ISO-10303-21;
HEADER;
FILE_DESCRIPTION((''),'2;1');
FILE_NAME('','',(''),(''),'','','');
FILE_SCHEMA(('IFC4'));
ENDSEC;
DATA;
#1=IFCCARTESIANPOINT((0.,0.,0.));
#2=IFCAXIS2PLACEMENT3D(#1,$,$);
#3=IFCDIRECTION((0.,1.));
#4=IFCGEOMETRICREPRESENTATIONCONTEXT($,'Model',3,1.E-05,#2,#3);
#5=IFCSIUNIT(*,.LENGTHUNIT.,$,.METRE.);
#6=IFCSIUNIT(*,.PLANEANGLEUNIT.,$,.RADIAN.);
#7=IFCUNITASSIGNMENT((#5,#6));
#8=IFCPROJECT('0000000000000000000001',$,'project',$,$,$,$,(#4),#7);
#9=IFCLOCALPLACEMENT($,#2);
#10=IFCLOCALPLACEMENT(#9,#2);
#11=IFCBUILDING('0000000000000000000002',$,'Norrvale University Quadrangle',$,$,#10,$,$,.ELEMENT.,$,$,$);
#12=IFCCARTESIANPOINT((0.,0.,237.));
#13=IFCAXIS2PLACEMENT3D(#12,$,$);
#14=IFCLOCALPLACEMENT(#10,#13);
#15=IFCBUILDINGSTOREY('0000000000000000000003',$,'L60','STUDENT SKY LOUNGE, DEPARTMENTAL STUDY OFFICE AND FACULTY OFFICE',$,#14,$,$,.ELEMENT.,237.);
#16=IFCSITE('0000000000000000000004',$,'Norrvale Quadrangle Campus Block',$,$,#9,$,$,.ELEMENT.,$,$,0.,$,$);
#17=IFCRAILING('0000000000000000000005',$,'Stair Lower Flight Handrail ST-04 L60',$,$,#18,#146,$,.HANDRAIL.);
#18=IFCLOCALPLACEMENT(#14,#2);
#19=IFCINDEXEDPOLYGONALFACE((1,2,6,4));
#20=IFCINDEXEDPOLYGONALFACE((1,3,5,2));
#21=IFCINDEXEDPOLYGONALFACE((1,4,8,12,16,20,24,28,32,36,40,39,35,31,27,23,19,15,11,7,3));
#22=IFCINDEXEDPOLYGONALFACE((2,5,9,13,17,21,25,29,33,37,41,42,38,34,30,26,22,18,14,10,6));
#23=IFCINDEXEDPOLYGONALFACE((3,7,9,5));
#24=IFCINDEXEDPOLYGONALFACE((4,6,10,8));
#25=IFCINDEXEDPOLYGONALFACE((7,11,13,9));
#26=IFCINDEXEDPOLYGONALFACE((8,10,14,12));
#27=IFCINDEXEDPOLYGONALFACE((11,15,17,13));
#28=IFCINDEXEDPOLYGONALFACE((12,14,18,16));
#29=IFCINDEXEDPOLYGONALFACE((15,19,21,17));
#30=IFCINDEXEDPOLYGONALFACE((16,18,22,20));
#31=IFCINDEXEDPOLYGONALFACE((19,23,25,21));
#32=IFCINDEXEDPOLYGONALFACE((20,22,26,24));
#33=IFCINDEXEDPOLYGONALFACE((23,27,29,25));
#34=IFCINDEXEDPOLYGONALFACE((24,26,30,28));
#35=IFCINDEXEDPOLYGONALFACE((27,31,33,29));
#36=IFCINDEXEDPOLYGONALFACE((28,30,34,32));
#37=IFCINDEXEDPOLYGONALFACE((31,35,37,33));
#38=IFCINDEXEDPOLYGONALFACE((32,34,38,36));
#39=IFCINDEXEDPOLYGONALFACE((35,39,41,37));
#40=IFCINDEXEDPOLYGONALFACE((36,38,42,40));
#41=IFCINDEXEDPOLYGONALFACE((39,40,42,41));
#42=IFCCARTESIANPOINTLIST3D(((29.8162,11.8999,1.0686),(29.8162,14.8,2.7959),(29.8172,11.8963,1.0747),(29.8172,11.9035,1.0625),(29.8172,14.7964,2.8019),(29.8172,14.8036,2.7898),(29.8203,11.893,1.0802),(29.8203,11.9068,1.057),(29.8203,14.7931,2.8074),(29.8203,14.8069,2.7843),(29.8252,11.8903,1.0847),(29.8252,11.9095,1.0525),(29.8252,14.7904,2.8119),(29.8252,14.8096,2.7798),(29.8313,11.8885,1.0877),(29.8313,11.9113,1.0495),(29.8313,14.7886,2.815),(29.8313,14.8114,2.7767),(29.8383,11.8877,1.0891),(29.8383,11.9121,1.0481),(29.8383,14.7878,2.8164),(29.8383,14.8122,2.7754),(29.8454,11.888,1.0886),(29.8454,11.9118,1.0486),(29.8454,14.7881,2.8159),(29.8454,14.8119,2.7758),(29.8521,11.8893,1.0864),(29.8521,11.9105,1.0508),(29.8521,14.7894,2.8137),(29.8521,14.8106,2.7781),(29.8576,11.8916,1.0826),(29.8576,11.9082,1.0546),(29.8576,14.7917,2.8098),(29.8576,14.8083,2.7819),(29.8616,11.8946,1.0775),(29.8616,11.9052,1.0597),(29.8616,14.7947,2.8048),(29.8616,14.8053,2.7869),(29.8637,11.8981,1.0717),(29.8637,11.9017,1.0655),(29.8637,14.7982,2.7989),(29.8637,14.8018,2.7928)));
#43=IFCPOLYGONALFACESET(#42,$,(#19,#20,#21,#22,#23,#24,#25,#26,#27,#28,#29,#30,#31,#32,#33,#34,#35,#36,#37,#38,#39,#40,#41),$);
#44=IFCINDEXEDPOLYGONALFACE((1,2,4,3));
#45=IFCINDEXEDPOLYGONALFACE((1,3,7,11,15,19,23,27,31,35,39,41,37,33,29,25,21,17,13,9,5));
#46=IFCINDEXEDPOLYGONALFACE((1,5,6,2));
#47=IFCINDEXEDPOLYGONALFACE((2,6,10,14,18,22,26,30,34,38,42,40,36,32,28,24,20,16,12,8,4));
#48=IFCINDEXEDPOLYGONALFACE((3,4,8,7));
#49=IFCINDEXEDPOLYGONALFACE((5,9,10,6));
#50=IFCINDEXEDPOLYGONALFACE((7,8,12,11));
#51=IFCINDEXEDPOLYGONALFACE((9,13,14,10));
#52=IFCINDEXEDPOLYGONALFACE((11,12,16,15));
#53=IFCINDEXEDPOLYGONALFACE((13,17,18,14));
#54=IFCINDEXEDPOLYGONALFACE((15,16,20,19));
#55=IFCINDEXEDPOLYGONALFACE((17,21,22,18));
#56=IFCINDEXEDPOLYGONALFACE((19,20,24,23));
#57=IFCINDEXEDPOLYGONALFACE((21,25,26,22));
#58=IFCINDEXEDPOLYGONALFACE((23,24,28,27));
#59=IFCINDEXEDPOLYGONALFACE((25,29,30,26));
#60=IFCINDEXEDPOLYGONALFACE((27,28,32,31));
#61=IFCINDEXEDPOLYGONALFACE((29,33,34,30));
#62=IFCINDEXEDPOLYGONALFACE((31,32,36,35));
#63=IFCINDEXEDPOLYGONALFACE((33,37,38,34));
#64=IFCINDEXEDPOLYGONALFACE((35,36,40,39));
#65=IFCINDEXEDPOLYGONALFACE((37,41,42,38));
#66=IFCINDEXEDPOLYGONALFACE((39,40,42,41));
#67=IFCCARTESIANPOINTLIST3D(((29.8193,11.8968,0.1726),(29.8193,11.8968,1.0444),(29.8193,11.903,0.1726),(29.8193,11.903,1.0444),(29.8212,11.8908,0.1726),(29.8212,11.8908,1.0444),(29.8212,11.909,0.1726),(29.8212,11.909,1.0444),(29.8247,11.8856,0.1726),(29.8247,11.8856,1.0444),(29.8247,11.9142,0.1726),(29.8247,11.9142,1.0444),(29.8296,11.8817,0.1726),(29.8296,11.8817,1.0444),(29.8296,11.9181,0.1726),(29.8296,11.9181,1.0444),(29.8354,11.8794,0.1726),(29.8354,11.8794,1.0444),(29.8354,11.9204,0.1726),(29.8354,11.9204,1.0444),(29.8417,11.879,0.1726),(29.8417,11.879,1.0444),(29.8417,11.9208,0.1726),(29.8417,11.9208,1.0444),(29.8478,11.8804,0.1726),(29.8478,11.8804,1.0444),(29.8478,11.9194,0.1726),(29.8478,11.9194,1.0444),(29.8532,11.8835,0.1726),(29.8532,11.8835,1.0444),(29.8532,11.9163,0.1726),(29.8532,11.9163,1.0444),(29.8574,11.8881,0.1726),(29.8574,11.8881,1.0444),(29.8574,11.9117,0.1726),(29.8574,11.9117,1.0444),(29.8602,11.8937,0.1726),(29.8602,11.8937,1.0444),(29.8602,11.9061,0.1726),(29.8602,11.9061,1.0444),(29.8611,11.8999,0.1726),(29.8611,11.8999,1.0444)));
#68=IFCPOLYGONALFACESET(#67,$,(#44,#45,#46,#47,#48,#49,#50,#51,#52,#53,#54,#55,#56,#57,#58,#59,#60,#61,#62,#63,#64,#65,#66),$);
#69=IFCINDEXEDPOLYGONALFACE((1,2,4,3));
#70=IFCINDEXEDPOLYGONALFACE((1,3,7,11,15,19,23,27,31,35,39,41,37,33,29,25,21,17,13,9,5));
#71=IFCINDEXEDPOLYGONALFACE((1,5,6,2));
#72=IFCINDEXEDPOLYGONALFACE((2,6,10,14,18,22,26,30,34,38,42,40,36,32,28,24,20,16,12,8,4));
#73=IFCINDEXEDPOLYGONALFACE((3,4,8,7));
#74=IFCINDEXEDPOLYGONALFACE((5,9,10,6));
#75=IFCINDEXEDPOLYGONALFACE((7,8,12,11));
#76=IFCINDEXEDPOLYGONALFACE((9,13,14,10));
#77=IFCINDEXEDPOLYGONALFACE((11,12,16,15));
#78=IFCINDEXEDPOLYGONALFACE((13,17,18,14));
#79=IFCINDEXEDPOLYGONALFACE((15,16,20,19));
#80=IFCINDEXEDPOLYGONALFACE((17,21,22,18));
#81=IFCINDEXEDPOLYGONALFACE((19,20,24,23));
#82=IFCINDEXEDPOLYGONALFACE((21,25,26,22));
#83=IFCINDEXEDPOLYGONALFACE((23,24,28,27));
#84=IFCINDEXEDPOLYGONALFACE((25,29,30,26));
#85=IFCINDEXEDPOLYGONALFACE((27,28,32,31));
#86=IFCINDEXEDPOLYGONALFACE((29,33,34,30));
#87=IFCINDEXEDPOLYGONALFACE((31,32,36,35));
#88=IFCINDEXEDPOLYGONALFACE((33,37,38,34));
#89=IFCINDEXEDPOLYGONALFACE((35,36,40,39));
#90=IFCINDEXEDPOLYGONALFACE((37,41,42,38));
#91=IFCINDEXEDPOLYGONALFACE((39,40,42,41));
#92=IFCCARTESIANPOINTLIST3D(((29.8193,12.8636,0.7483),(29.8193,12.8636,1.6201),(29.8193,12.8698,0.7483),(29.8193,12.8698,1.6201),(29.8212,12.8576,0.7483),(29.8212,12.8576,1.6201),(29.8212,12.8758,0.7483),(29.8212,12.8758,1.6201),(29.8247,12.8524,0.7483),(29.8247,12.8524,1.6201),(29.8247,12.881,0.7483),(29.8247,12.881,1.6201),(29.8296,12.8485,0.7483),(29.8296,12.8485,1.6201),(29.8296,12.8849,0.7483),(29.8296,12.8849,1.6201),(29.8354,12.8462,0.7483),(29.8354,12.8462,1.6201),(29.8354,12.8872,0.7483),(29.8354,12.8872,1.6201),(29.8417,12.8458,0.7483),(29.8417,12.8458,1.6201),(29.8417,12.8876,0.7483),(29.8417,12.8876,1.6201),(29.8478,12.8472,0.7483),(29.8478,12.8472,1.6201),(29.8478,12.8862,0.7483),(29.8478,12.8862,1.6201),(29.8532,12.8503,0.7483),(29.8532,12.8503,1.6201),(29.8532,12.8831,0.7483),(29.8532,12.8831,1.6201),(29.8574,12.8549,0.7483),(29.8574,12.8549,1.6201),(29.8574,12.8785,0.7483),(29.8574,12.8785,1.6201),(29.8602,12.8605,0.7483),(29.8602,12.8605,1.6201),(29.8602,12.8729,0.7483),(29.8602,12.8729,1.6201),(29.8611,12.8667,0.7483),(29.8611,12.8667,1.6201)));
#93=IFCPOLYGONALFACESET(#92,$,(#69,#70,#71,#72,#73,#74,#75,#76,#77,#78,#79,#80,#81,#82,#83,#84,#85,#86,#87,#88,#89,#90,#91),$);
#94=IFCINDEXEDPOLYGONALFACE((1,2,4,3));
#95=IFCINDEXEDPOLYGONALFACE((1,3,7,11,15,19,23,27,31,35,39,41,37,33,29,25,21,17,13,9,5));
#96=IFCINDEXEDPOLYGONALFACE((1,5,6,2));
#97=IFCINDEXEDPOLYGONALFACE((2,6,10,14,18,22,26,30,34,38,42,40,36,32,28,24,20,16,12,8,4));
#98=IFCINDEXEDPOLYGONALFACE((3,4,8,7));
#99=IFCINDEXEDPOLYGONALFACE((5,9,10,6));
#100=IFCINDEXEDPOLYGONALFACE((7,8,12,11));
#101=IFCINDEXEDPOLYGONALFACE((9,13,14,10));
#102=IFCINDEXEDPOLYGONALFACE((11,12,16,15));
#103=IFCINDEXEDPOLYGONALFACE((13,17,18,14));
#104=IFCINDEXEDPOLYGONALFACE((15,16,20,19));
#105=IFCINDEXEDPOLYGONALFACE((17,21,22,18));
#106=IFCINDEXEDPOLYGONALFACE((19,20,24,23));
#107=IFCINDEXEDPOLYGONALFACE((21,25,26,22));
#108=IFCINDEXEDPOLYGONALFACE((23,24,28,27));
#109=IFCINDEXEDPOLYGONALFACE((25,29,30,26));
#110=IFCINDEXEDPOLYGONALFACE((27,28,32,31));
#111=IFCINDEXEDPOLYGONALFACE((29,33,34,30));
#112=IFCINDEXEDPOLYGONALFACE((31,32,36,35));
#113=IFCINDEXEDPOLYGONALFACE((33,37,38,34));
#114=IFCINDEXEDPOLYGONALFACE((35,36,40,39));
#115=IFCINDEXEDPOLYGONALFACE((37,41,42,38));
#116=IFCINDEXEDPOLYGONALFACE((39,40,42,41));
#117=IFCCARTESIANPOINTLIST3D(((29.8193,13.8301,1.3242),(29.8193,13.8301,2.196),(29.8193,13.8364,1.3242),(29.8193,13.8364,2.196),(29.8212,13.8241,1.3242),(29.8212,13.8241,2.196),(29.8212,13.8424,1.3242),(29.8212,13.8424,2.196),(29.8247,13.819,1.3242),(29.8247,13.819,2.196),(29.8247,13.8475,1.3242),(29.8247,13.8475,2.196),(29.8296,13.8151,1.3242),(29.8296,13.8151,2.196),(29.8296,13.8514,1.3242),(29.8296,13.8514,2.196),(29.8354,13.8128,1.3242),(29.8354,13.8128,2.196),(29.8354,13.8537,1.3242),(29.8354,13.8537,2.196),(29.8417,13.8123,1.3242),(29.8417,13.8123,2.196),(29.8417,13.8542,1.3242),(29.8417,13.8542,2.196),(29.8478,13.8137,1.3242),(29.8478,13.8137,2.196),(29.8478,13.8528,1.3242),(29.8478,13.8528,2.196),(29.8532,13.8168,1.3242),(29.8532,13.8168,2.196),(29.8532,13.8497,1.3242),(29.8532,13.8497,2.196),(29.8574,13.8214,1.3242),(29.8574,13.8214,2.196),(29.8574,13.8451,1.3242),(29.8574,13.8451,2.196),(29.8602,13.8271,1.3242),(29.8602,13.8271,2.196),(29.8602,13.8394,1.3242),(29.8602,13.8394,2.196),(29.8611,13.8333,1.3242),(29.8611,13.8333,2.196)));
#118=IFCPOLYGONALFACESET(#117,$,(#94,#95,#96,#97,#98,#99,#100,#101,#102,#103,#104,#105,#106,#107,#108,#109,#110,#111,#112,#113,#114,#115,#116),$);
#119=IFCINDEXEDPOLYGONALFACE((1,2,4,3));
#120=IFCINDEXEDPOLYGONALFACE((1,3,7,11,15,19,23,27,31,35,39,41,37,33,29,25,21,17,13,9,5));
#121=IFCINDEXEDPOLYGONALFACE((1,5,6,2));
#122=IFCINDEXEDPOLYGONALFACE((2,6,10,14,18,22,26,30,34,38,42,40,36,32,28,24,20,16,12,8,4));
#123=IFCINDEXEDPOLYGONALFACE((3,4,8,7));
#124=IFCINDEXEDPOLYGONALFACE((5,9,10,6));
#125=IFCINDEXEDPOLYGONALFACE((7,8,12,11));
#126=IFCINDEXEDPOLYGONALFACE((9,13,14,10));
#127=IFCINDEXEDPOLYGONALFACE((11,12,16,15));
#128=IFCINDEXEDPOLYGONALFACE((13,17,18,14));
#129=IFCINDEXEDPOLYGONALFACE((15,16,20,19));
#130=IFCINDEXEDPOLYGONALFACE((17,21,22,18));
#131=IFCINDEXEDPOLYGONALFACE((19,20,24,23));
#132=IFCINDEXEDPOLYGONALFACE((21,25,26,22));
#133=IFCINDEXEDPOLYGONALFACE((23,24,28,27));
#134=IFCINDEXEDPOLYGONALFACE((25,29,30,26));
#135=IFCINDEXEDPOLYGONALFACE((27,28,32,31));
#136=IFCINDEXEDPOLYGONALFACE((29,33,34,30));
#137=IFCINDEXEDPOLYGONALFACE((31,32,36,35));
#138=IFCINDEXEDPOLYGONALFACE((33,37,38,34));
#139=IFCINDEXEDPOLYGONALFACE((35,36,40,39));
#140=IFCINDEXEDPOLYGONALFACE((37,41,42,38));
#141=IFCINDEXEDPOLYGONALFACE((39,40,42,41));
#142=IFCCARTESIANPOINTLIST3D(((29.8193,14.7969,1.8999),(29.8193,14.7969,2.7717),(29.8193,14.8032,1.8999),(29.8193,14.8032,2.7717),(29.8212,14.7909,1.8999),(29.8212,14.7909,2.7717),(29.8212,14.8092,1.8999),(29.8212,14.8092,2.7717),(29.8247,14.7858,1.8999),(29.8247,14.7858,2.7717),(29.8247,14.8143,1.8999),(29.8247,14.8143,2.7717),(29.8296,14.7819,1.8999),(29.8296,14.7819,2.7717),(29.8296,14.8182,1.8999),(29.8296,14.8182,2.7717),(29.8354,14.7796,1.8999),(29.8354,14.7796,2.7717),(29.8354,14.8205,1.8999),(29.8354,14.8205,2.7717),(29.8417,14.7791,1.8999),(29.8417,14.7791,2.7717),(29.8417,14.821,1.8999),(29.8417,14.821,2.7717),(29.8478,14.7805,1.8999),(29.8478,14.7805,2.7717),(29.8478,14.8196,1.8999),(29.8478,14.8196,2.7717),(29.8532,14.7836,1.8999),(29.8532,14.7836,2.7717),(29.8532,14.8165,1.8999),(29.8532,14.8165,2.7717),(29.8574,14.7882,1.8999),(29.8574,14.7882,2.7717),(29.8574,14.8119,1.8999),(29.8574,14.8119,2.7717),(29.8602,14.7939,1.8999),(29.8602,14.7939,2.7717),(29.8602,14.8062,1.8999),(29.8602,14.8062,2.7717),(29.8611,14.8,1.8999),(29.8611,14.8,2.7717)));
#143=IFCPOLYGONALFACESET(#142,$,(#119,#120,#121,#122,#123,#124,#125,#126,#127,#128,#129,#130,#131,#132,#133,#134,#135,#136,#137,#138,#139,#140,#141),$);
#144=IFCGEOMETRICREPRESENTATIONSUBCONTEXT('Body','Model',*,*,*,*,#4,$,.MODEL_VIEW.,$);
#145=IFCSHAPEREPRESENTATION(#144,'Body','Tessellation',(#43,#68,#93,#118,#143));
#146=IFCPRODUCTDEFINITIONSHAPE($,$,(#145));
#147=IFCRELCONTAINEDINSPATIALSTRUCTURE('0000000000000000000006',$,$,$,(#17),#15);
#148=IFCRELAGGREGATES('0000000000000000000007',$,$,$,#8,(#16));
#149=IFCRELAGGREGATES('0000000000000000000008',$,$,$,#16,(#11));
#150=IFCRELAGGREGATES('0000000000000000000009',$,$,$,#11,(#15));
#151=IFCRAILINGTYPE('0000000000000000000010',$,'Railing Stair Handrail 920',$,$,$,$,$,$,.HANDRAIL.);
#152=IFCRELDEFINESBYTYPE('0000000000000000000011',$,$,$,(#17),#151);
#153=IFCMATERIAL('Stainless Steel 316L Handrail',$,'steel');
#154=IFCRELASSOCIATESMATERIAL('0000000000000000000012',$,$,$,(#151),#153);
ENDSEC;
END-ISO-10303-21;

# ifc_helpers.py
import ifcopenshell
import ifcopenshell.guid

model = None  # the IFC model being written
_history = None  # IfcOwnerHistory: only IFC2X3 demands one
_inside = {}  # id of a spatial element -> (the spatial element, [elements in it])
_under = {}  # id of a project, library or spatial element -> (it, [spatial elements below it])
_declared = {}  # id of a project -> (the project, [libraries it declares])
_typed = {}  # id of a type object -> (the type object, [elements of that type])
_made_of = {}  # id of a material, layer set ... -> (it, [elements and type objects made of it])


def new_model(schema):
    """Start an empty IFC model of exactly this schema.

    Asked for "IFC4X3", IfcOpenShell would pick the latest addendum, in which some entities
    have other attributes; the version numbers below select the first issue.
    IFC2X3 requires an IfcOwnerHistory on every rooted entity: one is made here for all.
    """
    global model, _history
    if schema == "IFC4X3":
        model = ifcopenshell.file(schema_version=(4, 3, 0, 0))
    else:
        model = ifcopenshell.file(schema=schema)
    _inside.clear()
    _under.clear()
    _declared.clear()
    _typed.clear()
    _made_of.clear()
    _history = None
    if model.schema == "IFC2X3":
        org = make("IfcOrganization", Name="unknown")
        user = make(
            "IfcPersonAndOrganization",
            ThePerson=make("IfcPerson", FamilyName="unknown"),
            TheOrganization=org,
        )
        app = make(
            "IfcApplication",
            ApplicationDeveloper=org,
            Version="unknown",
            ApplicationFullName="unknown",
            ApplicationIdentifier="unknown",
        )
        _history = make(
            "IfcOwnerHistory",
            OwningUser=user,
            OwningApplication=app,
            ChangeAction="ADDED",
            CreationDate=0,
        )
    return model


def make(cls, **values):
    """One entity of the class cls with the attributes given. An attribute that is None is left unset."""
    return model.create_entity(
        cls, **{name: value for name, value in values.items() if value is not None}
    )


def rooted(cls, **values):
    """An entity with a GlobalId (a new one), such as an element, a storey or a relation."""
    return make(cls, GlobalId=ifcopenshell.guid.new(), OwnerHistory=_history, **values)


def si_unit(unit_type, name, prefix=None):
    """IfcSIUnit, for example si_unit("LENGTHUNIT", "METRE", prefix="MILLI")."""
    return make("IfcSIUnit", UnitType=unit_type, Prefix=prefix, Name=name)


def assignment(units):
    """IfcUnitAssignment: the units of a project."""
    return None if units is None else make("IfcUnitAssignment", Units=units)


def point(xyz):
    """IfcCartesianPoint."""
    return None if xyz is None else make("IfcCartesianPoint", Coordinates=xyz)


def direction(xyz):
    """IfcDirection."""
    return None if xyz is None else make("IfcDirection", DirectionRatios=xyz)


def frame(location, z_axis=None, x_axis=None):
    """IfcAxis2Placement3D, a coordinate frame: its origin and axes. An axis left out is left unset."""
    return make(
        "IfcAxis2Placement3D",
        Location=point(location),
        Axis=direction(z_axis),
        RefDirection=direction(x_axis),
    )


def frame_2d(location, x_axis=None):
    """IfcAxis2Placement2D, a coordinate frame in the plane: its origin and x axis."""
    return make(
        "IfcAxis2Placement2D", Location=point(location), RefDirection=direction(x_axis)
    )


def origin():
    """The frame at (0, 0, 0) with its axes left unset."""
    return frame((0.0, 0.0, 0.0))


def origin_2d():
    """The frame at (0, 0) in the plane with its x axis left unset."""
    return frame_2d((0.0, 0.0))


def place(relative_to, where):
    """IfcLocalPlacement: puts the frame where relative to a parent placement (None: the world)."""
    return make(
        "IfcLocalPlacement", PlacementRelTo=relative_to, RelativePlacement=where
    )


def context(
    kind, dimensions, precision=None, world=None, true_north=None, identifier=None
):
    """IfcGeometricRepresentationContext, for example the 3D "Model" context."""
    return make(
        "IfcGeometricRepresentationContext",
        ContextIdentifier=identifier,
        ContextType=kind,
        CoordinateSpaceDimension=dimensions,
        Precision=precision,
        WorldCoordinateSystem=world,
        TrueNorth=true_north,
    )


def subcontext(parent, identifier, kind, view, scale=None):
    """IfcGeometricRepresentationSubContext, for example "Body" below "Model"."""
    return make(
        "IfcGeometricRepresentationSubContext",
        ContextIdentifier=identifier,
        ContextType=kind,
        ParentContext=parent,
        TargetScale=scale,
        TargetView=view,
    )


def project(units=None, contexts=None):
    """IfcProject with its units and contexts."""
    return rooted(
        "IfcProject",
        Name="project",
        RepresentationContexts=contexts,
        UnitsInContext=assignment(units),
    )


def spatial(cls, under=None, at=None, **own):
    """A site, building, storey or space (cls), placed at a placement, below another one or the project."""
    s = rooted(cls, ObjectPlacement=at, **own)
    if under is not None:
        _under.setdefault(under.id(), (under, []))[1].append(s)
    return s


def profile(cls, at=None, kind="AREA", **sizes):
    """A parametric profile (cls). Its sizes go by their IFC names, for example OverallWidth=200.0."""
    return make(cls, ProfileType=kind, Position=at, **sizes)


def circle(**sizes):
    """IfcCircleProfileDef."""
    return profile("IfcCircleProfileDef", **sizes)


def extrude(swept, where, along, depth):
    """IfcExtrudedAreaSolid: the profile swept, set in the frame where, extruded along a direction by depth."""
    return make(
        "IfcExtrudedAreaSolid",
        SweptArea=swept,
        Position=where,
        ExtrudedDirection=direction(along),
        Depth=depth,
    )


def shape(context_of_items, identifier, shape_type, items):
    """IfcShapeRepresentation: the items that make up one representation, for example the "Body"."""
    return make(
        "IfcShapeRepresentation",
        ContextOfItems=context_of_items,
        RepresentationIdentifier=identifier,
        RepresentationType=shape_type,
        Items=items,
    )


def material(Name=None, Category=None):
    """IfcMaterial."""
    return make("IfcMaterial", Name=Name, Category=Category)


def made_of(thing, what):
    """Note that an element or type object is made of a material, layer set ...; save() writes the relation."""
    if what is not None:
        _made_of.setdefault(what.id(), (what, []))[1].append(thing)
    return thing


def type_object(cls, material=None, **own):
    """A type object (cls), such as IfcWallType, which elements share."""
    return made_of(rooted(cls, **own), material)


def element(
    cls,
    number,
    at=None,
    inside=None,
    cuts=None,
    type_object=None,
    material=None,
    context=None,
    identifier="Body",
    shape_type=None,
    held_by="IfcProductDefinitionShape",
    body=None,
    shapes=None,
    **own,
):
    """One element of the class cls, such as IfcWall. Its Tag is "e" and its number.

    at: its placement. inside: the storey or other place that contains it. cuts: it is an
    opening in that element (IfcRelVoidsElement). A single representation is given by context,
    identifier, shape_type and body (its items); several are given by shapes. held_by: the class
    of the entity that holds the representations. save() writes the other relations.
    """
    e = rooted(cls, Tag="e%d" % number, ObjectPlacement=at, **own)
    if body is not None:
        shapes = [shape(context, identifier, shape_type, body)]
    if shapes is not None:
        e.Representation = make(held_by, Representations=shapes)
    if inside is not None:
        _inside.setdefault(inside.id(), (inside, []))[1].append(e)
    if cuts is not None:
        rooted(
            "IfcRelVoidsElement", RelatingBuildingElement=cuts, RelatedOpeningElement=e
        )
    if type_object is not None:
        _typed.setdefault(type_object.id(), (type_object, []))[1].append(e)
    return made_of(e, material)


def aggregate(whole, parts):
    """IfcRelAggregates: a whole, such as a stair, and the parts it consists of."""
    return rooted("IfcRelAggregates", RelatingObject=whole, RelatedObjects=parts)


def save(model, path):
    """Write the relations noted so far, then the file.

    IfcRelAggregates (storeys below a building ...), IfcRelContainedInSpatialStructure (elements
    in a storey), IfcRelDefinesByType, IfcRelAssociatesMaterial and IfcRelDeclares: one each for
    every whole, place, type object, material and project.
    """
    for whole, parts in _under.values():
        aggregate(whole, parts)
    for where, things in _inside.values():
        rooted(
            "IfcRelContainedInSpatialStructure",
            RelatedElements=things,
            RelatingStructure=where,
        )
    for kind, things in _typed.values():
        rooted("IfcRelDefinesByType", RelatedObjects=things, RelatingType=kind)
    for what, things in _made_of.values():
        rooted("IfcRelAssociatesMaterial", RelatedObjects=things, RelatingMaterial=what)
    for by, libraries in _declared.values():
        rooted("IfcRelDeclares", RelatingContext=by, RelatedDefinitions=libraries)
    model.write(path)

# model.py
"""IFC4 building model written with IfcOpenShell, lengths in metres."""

from ifc_helpers import new_model, si_unit, direction, frame, origin, origin_2d, place, context, subcontext, project, spatial, circle, extrude, material, type_object, element, save


model = new_model("IFC4")

# Units and contexts
model_context = context("Model", 3, precision=1e-05, world=origin(), true_north=direction((0.0, 1.0)))
body_context = subcontext(model_context, "Body", "Model", "MODEL_VIEW")
ifc_project = project(units=[si_unit("LENGTHUNIT", "METRE"), si_unit("PLANEANGLEUNIT", "RADIAN")], contexts=[model_context])

# Site, building, storey
site_placement = place(None, origin())
site = spatial("IfcSite", under=ifc_project, at=site_placement, Name="Norrvale Quadrangle Campus Block", CompositionType="ELEMENT", RefElevation=0.0)
building_placement = place(site_placement, origin())
building = spatial("IfcBuilding", under=site, at=building_placement, Name="Norrvale University Quadrangle", CompositionType="ELEMENT")
storey_placement = place(building_placement, frame((0.0, 0.0, 237.0)))
storey = spatial("IfcBuildingStorey", under=building, at=storey_placement, Name="L60", Description="STUDENT SKY LOUNGE, DEPARTMENTAL STUDY OFFICE AND FACULTY OFFICE", CompositionType="ELEMENT", Elevation=237.0)

# Railing
ifc_material_1 = material(Name="Stainless Steel 316L Handrail", Category="steel")
railing_type = type_object("IfcRailingType", Name="Railing Stair Handrail 920", PredefinedType="HANDRAIL", material=ifc_material_1)
railing_placement = place(storey_placement, frame((29.8401, 11.8999, 0.1726)))
element("IfcRailing", 1, at=railing_placement, inside=storey, type_object=railing_type, Name="Stair Lower Flight Handrail ST-04 L60", PredefinedType="HANDRAIL", context=body_context, shape_type="SweptSolid", body=[
    extrude(circle(Radius=0.0239, at=origin_2d()), frame((0.0, 0.0, 0.896), z_axis=(0.0, 0.85916, 0.511706), x_axis=(-1.0, 0.0, 0.0)), (0.0, 0.0, 1.0), 3.3755),
    extrude(circle(Radius=0.021, at=origin_2d()), origin(), (0.0, 0.0, 1.0), 0.8718),
    extrude(circle(Radius=0.021, at=origin_2d()), frame((0.0, 0.9668, 0.5757)), (0.0, 0.0, 1.0), 0.8718),
    extrude(circle(Radius=0.021, at=origin_2d()), frame((0.0, 1.9333, 1.1516)), (0.0, 0.0, 1.0), 0.8718),
    extrude(circle(Radius=0.021, at=origin_2d()), frame((0.0, 2.9001, 1.7273)), (0.0, 0.0, 1.0), 0.8718),
])

save(model, "model.ifc")
